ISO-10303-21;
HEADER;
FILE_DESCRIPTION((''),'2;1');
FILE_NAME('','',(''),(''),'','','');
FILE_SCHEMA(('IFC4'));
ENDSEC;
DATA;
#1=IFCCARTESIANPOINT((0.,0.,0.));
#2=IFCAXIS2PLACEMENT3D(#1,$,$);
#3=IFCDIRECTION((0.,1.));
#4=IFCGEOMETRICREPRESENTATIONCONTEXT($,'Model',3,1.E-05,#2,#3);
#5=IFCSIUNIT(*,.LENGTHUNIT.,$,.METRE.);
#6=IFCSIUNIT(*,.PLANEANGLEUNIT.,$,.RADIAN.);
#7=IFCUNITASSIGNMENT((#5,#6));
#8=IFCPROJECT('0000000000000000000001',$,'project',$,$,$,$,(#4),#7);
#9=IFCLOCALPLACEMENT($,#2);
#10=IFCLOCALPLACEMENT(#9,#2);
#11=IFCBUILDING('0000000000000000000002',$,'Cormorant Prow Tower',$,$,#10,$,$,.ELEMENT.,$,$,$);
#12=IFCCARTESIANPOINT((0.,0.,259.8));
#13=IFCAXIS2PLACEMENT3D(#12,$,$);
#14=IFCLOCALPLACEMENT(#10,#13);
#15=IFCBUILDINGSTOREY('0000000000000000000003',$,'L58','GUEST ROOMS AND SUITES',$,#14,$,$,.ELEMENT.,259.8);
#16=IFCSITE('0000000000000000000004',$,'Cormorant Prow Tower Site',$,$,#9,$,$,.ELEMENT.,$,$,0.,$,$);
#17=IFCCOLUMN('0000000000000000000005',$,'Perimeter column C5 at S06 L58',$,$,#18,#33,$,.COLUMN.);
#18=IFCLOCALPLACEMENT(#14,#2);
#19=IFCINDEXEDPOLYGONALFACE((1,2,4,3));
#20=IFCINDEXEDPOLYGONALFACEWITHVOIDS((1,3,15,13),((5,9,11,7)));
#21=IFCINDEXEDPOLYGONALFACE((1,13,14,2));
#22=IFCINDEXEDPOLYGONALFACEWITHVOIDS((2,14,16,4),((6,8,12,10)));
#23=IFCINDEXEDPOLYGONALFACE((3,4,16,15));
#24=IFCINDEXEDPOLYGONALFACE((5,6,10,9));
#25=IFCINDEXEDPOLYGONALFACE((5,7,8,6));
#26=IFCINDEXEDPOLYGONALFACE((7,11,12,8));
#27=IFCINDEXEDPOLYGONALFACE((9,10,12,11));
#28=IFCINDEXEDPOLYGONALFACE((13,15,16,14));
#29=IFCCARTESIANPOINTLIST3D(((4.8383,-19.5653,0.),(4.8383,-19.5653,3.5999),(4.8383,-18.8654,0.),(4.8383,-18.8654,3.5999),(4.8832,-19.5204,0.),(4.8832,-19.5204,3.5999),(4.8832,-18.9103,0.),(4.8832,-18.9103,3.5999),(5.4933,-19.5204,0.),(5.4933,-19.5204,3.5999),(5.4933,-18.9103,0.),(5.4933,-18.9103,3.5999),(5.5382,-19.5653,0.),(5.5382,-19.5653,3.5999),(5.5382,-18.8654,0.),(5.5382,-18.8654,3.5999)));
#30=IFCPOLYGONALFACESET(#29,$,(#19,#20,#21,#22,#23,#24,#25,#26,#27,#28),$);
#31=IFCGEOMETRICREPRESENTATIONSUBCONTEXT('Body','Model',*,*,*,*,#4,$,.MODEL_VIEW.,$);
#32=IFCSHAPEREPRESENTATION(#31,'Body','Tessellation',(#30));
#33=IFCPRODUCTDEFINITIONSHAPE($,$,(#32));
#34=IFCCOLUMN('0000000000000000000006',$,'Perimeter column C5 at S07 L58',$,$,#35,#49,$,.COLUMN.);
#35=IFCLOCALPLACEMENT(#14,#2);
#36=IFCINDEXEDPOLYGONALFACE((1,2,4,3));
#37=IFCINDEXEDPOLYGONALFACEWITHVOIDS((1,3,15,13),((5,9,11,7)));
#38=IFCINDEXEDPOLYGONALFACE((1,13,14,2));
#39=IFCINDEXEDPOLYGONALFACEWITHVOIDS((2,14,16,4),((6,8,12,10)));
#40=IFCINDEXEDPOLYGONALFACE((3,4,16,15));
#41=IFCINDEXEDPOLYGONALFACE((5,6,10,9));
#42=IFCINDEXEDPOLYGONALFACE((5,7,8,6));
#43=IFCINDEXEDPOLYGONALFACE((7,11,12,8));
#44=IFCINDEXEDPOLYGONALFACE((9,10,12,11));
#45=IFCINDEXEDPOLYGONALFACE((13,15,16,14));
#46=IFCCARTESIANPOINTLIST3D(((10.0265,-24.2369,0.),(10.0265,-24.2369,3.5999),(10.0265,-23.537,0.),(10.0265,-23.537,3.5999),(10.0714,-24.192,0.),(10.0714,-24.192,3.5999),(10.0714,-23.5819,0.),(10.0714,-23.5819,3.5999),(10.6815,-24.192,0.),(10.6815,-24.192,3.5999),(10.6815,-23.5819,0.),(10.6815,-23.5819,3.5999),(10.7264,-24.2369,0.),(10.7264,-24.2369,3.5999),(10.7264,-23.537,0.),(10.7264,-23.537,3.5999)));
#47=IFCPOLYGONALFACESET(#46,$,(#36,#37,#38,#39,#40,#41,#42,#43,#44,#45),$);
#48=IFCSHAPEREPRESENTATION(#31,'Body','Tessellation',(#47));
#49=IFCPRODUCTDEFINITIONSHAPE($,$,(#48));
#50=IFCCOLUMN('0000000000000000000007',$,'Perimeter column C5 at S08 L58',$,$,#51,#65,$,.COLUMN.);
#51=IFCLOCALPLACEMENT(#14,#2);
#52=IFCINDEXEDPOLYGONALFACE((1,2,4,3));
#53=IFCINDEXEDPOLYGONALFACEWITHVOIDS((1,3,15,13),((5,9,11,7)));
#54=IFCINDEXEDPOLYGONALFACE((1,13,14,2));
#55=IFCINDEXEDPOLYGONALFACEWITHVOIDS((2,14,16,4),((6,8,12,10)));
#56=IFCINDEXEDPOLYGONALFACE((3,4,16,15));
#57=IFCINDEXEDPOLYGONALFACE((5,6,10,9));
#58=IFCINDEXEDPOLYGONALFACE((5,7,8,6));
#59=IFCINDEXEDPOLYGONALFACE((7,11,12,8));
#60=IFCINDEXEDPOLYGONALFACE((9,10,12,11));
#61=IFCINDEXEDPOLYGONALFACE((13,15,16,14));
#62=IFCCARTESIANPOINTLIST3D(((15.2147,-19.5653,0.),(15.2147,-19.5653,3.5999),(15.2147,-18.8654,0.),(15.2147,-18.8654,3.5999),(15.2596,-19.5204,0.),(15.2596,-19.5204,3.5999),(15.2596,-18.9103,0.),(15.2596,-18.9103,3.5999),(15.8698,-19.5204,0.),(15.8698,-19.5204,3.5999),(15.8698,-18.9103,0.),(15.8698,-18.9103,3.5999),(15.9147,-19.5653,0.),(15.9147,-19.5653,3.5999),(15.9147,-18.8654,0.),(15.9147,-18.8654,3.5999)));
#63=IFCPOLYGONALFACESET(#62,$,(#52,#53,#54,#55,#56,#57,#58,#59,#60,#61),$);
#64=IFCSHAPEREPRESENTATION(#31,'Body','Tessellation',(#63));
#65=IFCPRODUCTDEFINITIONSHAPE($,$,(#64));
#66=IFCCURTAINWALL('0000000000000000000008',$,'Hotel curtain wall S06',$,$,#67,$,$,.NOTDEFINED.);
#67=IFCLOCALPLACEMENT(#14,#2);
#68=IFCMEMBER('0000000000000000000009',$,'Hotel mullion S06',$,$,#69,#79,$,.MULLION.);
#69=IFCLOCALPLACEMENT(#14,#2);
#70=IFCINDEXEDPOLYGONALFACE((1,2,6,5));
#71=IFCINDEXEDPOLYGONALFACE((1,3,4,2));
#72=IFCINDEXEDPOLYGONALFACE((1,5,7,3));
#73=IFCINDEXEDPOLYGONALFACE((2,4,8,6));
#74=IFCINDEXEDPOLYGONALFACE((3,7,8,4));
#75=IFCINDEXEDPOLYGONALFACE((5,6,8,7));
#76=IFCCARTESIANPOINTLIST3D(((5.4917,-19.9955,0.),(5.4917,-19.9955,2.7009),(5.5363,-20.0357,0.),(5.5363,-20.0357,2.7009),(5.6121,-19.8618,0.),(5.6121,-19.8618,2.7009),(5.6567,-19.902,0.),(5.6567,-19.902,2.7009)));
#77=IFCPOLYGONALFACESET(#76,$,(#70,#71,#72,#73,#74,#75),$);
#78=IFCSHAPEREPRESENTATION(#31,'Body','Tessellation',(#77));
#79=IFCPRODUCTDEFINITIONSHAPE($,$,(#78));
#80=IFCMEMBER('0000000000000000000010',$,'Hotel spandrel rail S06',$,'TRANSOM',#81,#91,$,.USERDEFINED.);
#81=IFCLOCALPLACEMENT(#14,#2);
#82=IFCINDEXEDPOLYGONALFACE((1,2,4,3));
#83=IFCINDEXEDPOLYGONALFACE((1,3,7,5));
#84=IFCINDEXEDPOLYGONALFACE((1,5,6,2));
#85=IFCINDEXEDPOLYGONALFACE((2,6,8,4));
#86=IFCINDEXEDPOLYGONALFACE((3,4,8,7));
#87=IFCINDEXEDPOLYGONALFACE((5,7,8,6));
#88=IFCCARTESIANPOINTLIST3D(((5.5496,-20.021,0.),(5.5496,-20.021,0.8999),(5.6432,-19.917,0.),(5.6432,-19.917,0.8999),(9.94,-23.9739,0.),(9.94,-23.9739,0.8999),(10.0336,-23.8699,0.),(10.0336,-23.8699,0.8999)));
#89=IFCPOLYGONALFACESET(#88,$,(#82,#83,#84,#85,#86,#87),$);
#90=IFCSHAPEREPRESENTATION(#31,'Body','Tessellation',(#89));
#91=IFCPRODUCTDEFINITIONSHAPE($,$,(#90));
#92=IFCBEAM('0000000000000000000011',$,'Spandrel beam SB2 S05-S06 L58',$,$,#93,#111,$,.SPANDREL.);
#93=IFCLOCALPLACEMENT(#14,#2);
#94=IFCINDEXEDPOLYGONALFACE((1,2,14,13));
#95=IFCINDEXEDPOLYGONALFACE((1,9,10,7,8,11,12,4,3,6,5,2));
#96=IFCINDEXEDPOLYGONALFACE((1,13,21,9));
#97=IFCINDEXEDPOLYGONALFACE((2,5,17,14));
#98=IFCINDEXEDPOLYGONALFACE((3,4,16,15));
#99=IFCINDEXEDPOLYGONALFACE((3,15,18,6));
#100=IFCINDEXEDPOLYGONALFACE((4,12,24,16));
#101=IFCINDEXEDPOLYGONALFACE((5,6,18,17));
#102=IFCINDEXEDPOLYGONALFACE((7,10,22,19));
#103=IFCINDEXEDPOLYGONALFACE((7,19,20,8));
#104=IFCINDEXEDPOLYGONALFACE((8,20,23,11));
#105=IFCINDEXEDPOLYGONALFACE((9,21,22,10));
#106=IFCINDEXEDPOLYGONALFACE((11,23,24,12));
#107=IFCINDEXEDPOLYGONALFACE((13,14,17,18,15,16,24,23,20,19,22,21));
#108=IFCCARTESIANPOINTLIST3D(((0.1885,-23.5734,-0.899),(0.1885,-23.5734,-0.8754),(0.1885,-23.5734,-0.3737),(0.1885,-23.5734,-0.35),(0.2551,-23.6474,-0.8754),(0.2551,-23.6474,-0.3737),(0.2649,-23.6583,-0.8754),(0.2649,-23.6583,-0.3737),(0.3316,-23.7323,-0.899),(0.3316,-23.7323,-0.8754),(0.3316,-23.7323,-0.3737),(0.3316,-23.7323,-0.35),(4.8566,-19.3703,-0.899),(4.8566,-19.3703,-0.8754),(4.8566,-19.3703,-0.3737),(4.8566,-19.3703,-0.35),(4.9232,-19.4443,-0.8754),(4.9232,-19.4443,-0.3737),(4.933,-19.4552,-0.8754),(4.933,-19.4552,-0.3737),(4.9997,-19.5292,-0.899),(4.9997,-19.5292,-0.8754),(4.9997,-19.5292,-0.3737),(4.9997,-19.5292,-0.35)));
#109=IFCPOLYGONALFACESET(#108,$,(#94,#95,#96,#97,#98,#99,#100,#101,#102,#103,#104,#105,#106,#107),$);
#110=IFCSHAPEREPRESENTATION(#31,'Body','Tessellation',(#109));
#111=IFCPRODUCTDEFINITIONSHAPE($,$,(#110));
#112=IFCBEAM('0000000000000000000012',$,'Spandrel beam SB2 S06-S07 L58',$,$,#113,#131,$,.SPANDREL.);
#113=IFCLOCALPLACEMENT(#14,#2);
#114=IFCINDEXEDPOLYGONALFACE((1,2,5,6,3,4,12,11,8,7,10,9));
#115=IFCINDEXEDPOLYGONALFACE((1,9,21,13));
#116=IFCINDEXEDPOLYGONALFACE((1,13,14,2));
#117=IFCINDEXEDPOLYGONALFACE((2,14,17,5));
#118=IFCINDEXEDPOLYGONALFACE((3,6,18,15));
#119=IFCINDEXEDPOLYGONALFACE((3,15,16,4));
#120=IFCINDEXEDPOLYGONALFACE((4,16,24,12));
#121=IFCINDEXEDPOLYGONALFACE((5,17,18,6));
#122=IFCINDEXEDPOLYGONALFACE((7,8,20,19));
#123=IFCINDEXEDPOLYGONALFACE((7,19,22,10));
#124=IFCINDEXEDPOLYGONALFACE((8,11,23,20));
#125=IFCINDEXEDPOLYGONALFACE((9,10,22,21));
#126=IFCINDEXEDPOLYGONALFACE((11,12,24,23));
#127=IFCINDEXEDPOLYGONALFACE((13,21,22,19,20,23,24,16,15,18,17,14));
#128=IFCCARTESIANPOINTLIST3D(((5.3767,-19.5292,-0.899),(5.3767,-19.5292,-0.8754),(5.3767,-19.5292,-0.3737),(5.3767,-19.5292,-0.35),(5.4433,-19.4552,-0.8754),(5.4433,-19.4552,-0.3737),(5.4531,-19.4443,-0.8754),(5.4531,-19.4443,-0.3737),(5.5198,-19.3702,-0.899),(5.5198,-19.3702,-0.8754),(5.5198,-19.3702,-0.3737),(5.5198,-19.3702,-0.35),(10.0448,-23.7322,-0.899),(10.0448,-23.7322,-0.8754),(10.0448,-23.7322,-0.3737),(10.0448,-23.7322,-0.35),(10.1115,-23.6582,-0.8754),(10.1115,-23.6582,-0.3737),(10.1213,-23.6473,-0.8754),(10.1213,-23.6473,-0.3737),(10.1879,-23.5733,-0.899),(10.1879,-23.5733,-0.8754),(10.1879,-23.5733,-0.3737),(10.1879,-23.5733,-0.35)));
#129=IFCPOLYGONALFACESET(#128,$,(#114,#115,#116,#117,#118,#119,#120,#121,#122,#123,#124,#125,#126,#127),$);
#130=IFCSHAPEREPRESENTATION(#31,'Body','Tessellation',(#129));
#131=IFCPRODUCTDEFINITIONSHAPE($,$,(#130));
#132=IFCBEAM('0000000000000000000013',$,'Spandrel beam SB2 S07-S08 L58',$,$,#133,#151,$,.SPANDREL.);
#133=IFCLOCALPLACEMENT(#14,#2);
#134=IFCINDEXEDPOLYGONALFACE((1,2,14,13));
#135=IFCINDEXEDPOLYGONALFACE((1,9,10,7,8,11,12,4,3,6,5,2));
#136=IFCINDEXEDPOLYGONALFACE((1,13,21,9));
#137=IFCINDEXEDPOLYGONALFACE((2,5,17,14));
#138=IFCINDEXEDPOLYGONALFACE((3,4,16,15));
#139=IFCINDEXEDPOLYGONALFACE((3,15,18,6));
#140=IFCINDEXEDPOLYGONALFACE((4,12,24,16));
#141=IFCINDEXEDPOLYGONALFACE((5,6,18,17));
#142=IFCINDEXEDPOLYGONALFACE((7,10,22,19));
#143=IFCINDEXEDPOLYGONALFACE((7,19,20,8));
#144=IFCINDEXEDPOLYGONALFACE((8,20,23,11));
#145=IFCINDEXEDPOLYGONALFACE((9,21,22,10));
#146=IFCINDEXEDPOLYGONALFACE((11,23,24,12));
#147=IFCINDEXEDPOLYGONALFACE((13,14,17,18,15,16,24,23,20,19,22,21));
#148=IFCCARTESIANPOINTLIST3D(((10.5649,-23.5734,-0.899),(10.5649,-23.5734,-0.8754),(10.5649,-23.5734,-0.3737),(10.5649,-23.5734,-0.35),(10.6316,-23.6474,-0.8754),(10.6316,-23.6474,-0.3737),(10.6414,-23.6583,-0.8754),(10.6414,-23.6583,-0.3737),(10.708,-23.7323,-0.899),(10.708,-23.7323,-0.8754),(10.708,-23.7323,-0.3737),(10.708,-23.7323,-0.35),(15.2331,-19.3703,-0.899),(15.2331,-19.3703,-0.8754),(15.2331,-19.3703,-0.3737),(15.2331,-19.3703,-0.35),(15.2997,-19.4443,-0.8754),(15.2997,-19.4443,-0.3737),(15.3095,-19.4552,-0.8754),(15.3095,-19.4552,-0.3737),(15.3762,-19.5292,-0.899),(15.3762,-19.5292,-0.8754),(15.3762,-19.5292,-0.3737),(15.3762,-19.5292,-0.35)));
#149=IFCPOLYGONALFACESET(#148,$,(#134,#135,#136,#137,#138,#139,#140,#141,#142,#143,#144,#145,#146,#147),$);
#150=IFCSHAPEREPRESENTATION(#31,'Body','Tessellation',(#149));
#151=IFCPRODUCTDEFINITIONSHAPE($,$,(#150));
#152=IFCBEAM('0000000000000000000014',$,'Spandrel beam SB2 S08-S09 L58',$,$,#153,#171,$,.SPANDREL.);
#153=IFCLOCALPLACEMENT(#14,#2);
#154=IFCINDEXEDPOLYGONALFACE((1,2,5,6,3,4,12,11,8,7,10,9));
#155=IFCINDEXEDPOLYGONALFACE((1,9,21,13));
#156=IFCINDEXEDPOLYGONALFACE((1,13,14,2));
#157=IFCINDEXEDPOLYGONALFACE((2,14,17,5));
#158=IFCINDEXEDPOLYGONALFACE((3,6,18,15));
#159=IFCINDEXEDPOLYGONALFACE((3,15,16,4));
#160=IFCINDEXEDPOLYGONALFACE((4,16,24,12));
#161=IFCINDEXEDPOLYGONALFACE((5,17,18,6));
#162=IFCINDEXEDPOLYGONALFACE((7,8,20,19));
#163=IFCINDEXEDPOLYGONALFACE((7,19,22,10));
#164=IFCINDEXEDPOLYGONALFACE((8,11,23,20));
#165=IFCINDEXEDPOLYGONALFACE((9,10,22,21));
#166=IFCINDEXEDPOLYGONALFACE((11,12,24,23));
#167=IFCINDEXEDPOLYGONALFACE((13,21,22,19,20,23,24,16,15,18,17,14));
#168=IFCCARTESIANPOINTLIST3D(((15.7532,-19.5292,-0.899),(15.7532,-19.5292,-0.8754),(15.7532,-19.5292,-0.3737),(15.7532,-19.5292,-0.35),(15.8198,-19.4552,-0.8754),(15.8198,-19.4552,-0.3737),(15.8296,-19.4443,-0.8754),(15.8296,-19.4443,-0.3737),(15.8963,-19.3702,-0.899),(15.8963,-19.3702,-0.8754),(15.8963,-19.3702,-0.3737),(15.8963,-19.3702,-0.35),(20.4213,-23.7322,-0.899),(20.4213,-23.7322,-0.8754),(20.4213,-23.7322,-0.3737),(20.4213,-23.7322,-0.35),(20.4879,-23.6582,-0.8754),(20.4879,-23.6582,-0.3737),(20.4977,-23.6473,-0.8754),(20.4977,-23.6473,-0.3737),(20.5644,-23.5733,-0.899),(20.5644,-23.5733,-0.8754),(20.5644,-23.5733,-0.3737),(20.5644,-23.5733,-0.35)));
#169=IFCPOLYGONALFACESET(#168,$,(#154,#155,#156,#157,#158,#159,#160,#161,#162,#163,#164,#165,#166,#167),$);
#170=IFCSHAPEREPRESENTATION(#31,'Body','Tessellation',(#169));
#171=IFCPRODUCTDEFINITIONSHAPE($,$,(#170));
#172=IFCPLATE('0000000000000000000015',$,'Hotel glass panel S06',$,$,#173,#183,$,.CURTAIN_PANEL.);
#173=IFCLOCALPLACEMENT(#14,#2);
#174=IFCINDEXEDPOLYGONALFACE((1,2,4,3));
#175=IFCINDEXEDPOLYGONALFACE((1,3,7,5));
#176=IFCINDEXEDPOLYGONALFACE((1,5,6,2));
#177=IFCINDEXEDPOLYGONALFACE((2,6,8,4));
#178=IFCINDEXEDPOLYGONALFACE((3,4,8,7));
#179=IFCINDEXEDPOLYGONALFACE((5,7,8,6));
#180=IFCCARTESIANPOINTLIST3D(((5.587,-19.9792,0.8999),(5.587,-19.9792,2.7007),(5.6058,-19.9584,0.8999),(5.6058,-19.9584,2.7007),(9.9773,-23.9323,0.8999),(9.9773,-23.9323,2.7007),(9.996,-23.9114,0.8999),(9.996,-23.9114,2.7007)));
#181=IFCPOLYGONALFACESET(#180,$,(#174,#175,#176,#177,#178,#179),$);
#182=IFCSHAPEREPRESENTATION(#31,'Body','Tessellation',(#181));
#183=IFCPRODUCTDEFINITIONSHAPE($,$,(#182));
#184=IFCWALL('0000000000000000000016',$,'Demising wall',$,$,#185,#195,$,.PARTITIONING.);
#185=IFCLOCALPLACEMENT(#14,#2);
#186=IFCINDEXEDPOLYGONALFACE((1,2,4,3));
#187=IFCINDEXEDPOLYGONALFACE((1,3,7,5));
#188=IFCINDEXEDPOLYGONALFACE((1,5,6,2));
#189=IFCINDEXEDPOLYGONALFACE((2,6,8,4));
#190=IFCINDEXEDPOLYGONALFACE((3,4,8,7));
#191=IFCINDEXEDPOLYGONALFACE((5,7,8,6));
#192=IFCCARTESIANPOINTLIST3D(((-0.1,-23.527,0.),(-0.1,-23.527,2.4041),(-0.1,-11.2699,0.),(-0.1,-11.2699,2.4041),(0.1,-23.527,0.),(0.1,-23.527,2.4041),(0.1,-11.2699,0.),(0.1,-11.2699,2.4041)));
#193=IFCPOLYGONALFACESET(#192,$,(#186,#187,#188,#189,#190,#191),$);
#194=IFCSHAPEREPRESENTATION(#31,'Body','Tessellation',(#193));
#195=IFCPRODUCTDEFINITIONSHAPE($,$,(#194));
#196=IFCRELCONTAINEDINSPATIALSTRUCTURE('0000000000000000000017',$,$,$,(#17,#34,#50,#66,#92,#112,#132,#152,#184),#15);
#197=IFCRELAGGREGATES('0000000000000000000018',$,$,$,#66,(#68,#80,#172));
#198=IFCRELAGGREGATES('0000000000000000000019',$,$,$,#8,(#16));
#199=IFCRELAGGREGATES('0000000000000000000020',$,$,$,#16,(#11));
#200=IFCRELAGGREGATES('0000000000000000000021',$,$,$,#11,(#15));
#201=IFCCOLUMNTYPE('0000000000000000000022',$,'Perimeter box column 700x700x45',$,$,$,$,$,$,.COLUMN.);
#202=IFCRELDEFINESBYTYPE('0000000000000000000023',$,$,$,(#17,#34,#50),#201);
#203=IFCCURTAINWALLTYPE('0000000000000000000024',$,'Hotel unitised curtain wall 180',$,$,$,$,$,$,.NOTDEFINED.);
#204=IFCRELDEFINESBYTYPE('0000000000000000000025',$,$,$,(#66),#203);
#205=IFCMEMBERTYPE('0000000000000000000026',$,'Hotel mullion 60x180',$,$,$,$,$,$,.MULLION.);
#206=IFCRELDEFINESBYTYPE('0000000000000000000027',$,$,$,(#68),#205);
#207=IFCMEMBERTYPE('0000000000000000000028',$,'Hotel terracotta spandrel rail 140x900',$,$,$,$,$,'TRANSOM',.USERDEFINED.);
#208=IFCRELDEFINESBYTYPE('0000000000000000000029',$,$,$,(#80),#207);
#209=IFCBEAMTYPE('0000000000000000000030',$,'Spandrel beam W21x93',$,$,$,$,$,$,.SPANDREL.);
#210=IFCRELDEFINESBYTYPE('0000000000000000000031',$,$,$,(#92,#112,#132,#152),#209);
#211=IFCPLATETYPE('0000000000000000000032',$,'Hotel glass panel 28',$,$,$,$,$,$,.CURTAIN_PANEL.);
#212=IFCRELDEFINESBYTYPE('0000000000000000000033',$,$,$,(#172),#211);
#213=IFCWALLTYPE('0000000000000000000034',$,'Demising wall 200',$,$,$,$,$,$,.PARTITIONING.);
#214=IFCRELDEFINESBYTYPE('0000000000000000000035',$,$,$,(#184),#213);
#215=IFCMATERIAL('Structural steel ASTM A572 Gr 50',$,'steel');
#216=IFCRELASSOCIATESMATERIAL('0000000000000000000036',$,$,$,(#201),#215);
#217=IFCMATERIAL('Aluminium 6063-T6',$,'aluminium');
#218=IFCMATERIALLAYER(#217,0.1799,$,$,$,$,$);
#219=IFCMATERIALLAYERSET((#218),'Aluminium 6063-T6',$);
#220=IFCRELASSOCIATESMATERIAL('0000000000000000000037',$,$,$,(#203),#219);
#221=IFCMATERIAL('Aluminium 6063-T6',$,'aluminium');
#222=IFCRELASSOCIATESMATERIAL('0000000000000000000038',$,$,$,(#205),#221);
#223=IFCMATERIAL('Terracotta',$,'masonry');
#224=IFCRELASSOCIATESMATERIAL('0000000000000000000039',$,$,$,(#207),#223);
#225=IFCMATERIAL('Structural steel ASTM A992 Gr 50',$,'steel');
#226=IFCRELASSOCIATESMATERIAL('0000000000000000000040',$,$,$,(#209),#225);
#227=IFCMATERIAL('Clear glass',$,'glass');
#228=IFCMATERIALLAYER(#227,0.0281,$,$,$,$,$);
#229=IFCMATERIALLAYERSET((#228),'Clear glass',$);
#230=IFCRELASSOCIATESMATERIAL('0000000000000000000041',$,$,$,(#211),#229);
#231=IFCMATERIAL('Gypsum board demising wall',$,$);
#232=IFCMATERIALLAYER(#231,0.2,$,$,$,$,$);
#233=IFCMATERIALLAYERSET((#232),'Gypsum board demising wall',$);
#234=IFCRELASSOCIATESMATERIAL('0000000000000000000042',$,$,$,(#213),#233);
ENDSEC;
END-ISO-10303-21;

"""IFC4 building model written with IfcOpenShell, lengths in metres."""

from ifc_helpers import new_model, si_unit, direction, frame, frame_2d, origin, origin_2d, place, context, subcontext, project, spatial, rectangle, hollow_rectangle, i_section, extrude, material, layer, layer_set, material_profile, profile_set, type_object, element, aggregate, save


model = new_model("IFC4")

# Units and contexts
model_context = context("Model", 3, precision=1e-05, world=origin(), true_north=direction((0.0, 1.0)))
body_context = subcontext(model_context, "Body", "Model", "MODEL_VIEW")
ifc_project = project(units=[si_unit("LENGTHUNIT", "METRE"), si_unit("PLANEANGLEUNIT", "RADIAN")], contexts=[model_context])

# Site, building, storey
site_placement = place(None, origin())
site = spatial("IfcSite", under=ifc_project, at=site_placement, Name="Cormorant Prow Tower Site", CompositionType="ELEMENT", RefElevation=0.0)
building_placement = place(site_placement, origin())
building = spatial("IfcBuilding", under=site, at=building_placement, Name="Cormorant Prow Tower", CompositionType="ELEMENT")
storey_placement = place(building_placement, frame((0.0, 0.0, 259.8)))
storey = spatial("IfcBuildingStorey", under=building, at=storey_placement, Name="L58", Description="GUEST ROOMS AND SUITES", CompositionType="ELEMENT", Elevation=259.8)

# Columns
ifc_material_1 = material(Name="Structural steel ASTM A572 Gr 50", Category="steel")
ifc_material_profile_1 = material_profile(ifc_material_1, hollow_rectangle(XDim=0.7, YDim=0.7, WallThickness=0.0449, at=origin_2d()), Name="Box 700x700x45")
ifc_profile_set_1 = profile_set([ifc_material_profile_1], Name="Structural steel ASTM A572 Gr 50")
column_type = type_object("IfcColumnType", Name="Perimeter box column 700x700x45", PredefinedType="COLUMN", material=ifc_profile_set_1)
for number, where, z_axis, x_axis, name in (
    (1, (5.1882, -19.2153, 0.0), (0.0, 0.0, 1.0), (1.0, 0.0, 0.0), "Perimeter column C5 at S06 L58"),
    (2, (10.3765, -23.887, 0.0), (0.0, 0.0, 1.0), (1.0, 0.0, 0.0), "Perimeter column C5 at S07 L58"),
    (3, (15.5647, -19.2153, 0.0), (0.0, 0.0, 1.0), (1.0, 0.0, 0.0), "Perimeter column C5 at S08 L58"),
):
    element("IfcColumn", number, at=place(storey_placement, frame(where, z_axis=z_axis, x_axis=x_axis)), inside=storey, type_object=column_type, Name=name, PredefinedType="COLUMN", context=body_context, shape_type="SweptSolid", body=[
        extrude(hollow_rectangle(XDim=0.7, YDim=0.7, WallThickness=0.0449, at=origin_2d()), origin(), (0.0, 0.0, 1.0), 3.5999),
    ])

# Curtain wall, members
ifc_material_2 = material(Name="Aluminium 6063-T6", Category="aluminium")
ifc_layer_1 = layer(ifc_material_2, 0.1799)
ifc_layer_set_1 = layer_set([ifc_layer_1], Name="Aluminium 6063-T6")
curtain_wall_type = type_object("IfcCurtainWallType", Name="Hotel unitised curtain wall 180", PredefinedType="NOTDEFINED", material=ifc_layer_set_1)
curtain_wall_placement = place(storey_placement, origin())
curtain_wall = element("IfcCurtainWall", 4, at=curtain_wall_placement, inside=storey, type_object=curtain_wall_type, Name="Hotel curtain wall S06", PredefinedType="NOTDEFINED")
ifc_material_3 = material(Name="Aluminium 6063-T6", Category="aluminium")
ifc_material_profile_2 = material_profile(ifc_material_3, rectangle(XDim=0.1799, YDim=0.0601, at=origin_2d()), Name="Hotel mullion 60x180")
ifc_profile_set_2 = profile_set([ifc_material_profile_2], Name="Aluminium 6063-T6")
member_type_1 = type_object("IfcMemberType", Name="Hotel mullion 60x180", PredefinedType="MULLION", material=ifc_profile_set_2)
member_1_placement = place(storey_placement, frame((5.5742, -19.9487, 0.0), z_axis=(0.0, 0.0, 1.0), x_axis=(0.669131, 0.743145, 0.0)))
member_1 = element("IfcMember", 5, at=member_1_placement, type_object=member_type_1, Name="Hotel mullion S06", PredefinedType="MULLION", context=body_context, shape_type="SweptSolid", body=[
    extrude(rectangle(XDim=0.1799, YDim=0.0601, at=origin_2d()), origin(), (0.0, 0.0, 1.0), 2.7009),
])
ifc_material_4 = material(Name="Terracotta", Category="masonry")
ifc_material_profile_3 = material_profile(ifc_material_4, rectangle(XDim=0.1399, YDim=0.8999, at=origin_2d()), Name="Hotel terracotta spandrel rail 140x900")
ifc_profile_set_3 = profile_set([ifc_material_profile_3], Name="Terracotta")
member_type_2 = type_object("IfcMemberType", Name="Hotel terracotta spandrel rail 140x900", ElementType="TRANSOM", PredefinedType="USERDEFINED", material=ifc_profile_set_3)
member_2_placement = place(storey_placement, frame((5.5964, -19.969, 0.45), z_axis=(0.743165, -0.669109, 0.0), x_axis=(0.669109, 0.743165, 0.0)))
member_2 = element("IfcMember", 6, at=member_2_placement, type_object=member_type_2, Name="Hotel spandrel rail S06", ObjectType="TRANSOM", PredefinedType="USERDEFINED", context=body_context, shape_type="SweptSolid", body=[
    extrude(rectangle(XDim=0.1399, YDim=0.8999, at=origin_2d()), origin(), (0.0, 0.0, 1.0), 5.9077),
])

# Beams
ifc_material_5 = material(Name="Structural steel ASTM A992 Gr 50", Category="steel")
ifc_material_profile_4 = material_profile(ifc_material_5, i_section(OverallWidth=0.2139, OverallDepth=0.5491, WebThickness=0.0146, FlangeThickness=0.0237, at=origin_2d()), Name="W21x93")
ifc_profile_set_4 = profile_set([ifc_material_profile_4], Name="Structural steel ASTM A992 Gr 50")
beam_type = type_object("IfcBeamType", Name="Spandrel beam W21x93", PredefinedType="SPANDREL", material=ifc_profile_set_4)
for number, where, z_axis, x_axis, name in (
    (7, (0.26, -23.6528, -0.6245), (0.743157, 0.669117, 0.0), (-0.669117, 0.743157, 0.0), "Spandrel beam SB2 S05-S06 L58"),
    (8, (5.4482, -19.4497, -0.6245), (0.743157, -0.669117, 0.0), (0.669117, 0.743157, 0.0), "Spandrel beam SB2 S06-S07 L58"),
    (9, (10.6365, -23.6528, -0.6245), (0.743157, 0.669117, 0.0), (-0.669117, 0.743157, 0.0), "Spandrel beam SB2 S07-S08 L58"),
    (10, (15.8247, -19.4497, -0.6245), (0.743157, -0.669117, 0.0), (0.669117, 0.743157, 0.0), "Spandrel beam SB2 S08-S09 L58"),
):
    element("IfcBeam", number, at=place(storey_placement, frame(where, z_axis=z_axis, x_axis=x_axis)), inside=storey, type_object=beam_type, Name=name, PredefinedType="SPANDREL", context=body_context, shape_type="SweptSolid", body=[
        extrude(i_section(OverallWidth=0.2139, OverallDepth=0.5491, WebThickness=0.0146, FlangeThickness=0.0237, at=origin_2d()), origin(), (0.0, 0.0, 1.0), 6.2815),
    ])

# Plate
ifc_material_6 = material(Name="Clear glass", Category="glass")
ifc_layer_2 = layer(ifc_material_6, 0.0281)
ifc_layer_set_2 = layer_set([ifc_layer_2], Name="Clear glass")
plate_type = type_object("IfcPlateType", Name="Hotel glass panel 28", PredefinedType="CURTAIN_PANEL", material=ifc_layer_set_2)
plate_placement = place(storey_placement, frame((7.7915, -21.9453, 0.8999), z_axis=(0.0, 0.0, 1.0), x_axis=(0.743145, -0.669131, 0.0)))
plate = element("IfcPlate", 11, at=plate_placement, type_object=plate_type, Name="Hotel glass panel S06", PredefinedType="CURTAIN_PANEL", context=body_context, shape_type="SweptSolid", body=[
    extrude(rectangle(XDim=5.9077, YDim=0.0281, at=origin_2d()), origin(), (0.0, 0.0, 1.0), 1.8008),
])
aggregate(curtain_wall, [member_1, member_2, plate])

# Wall
ifc_material_7 = material(Name="Gypsum board demising wall")
ifc_layer_3 = layer(ifc_material_7, 0.2)
ifc_layer_set_3 = layer_set([ifc_layer_3], Name="Gypsum board demising wall")
wall_type_1 = type_object("IfcWallType", Name="Demising wall 200", PredefinedType="PARTITIONING", material=ifc_layer_set_3)
wall_1_placement = place(storey_placement, frame((0.0, -23.5269, 0.0), z_axis=(0.0, 0.0, 1.0), x_axis=(0.0, 1.0, 0.0)))
element("IfcWall", 12, at=wall_1_placement, inside=storey, type_object=wall_type_1, Name="Demising wall", PredefinedType="PARTITIONING", context=body_context, shape_type="SweptSolid", body=[
    extrude(rectangle(XDim=12.2571, YDim=0.2, at=frame_2d((6.1284, 0.0))), origin(), (0.0, 0.0, 1.0), 2.4041),
])

save(model, "model.ifc")
